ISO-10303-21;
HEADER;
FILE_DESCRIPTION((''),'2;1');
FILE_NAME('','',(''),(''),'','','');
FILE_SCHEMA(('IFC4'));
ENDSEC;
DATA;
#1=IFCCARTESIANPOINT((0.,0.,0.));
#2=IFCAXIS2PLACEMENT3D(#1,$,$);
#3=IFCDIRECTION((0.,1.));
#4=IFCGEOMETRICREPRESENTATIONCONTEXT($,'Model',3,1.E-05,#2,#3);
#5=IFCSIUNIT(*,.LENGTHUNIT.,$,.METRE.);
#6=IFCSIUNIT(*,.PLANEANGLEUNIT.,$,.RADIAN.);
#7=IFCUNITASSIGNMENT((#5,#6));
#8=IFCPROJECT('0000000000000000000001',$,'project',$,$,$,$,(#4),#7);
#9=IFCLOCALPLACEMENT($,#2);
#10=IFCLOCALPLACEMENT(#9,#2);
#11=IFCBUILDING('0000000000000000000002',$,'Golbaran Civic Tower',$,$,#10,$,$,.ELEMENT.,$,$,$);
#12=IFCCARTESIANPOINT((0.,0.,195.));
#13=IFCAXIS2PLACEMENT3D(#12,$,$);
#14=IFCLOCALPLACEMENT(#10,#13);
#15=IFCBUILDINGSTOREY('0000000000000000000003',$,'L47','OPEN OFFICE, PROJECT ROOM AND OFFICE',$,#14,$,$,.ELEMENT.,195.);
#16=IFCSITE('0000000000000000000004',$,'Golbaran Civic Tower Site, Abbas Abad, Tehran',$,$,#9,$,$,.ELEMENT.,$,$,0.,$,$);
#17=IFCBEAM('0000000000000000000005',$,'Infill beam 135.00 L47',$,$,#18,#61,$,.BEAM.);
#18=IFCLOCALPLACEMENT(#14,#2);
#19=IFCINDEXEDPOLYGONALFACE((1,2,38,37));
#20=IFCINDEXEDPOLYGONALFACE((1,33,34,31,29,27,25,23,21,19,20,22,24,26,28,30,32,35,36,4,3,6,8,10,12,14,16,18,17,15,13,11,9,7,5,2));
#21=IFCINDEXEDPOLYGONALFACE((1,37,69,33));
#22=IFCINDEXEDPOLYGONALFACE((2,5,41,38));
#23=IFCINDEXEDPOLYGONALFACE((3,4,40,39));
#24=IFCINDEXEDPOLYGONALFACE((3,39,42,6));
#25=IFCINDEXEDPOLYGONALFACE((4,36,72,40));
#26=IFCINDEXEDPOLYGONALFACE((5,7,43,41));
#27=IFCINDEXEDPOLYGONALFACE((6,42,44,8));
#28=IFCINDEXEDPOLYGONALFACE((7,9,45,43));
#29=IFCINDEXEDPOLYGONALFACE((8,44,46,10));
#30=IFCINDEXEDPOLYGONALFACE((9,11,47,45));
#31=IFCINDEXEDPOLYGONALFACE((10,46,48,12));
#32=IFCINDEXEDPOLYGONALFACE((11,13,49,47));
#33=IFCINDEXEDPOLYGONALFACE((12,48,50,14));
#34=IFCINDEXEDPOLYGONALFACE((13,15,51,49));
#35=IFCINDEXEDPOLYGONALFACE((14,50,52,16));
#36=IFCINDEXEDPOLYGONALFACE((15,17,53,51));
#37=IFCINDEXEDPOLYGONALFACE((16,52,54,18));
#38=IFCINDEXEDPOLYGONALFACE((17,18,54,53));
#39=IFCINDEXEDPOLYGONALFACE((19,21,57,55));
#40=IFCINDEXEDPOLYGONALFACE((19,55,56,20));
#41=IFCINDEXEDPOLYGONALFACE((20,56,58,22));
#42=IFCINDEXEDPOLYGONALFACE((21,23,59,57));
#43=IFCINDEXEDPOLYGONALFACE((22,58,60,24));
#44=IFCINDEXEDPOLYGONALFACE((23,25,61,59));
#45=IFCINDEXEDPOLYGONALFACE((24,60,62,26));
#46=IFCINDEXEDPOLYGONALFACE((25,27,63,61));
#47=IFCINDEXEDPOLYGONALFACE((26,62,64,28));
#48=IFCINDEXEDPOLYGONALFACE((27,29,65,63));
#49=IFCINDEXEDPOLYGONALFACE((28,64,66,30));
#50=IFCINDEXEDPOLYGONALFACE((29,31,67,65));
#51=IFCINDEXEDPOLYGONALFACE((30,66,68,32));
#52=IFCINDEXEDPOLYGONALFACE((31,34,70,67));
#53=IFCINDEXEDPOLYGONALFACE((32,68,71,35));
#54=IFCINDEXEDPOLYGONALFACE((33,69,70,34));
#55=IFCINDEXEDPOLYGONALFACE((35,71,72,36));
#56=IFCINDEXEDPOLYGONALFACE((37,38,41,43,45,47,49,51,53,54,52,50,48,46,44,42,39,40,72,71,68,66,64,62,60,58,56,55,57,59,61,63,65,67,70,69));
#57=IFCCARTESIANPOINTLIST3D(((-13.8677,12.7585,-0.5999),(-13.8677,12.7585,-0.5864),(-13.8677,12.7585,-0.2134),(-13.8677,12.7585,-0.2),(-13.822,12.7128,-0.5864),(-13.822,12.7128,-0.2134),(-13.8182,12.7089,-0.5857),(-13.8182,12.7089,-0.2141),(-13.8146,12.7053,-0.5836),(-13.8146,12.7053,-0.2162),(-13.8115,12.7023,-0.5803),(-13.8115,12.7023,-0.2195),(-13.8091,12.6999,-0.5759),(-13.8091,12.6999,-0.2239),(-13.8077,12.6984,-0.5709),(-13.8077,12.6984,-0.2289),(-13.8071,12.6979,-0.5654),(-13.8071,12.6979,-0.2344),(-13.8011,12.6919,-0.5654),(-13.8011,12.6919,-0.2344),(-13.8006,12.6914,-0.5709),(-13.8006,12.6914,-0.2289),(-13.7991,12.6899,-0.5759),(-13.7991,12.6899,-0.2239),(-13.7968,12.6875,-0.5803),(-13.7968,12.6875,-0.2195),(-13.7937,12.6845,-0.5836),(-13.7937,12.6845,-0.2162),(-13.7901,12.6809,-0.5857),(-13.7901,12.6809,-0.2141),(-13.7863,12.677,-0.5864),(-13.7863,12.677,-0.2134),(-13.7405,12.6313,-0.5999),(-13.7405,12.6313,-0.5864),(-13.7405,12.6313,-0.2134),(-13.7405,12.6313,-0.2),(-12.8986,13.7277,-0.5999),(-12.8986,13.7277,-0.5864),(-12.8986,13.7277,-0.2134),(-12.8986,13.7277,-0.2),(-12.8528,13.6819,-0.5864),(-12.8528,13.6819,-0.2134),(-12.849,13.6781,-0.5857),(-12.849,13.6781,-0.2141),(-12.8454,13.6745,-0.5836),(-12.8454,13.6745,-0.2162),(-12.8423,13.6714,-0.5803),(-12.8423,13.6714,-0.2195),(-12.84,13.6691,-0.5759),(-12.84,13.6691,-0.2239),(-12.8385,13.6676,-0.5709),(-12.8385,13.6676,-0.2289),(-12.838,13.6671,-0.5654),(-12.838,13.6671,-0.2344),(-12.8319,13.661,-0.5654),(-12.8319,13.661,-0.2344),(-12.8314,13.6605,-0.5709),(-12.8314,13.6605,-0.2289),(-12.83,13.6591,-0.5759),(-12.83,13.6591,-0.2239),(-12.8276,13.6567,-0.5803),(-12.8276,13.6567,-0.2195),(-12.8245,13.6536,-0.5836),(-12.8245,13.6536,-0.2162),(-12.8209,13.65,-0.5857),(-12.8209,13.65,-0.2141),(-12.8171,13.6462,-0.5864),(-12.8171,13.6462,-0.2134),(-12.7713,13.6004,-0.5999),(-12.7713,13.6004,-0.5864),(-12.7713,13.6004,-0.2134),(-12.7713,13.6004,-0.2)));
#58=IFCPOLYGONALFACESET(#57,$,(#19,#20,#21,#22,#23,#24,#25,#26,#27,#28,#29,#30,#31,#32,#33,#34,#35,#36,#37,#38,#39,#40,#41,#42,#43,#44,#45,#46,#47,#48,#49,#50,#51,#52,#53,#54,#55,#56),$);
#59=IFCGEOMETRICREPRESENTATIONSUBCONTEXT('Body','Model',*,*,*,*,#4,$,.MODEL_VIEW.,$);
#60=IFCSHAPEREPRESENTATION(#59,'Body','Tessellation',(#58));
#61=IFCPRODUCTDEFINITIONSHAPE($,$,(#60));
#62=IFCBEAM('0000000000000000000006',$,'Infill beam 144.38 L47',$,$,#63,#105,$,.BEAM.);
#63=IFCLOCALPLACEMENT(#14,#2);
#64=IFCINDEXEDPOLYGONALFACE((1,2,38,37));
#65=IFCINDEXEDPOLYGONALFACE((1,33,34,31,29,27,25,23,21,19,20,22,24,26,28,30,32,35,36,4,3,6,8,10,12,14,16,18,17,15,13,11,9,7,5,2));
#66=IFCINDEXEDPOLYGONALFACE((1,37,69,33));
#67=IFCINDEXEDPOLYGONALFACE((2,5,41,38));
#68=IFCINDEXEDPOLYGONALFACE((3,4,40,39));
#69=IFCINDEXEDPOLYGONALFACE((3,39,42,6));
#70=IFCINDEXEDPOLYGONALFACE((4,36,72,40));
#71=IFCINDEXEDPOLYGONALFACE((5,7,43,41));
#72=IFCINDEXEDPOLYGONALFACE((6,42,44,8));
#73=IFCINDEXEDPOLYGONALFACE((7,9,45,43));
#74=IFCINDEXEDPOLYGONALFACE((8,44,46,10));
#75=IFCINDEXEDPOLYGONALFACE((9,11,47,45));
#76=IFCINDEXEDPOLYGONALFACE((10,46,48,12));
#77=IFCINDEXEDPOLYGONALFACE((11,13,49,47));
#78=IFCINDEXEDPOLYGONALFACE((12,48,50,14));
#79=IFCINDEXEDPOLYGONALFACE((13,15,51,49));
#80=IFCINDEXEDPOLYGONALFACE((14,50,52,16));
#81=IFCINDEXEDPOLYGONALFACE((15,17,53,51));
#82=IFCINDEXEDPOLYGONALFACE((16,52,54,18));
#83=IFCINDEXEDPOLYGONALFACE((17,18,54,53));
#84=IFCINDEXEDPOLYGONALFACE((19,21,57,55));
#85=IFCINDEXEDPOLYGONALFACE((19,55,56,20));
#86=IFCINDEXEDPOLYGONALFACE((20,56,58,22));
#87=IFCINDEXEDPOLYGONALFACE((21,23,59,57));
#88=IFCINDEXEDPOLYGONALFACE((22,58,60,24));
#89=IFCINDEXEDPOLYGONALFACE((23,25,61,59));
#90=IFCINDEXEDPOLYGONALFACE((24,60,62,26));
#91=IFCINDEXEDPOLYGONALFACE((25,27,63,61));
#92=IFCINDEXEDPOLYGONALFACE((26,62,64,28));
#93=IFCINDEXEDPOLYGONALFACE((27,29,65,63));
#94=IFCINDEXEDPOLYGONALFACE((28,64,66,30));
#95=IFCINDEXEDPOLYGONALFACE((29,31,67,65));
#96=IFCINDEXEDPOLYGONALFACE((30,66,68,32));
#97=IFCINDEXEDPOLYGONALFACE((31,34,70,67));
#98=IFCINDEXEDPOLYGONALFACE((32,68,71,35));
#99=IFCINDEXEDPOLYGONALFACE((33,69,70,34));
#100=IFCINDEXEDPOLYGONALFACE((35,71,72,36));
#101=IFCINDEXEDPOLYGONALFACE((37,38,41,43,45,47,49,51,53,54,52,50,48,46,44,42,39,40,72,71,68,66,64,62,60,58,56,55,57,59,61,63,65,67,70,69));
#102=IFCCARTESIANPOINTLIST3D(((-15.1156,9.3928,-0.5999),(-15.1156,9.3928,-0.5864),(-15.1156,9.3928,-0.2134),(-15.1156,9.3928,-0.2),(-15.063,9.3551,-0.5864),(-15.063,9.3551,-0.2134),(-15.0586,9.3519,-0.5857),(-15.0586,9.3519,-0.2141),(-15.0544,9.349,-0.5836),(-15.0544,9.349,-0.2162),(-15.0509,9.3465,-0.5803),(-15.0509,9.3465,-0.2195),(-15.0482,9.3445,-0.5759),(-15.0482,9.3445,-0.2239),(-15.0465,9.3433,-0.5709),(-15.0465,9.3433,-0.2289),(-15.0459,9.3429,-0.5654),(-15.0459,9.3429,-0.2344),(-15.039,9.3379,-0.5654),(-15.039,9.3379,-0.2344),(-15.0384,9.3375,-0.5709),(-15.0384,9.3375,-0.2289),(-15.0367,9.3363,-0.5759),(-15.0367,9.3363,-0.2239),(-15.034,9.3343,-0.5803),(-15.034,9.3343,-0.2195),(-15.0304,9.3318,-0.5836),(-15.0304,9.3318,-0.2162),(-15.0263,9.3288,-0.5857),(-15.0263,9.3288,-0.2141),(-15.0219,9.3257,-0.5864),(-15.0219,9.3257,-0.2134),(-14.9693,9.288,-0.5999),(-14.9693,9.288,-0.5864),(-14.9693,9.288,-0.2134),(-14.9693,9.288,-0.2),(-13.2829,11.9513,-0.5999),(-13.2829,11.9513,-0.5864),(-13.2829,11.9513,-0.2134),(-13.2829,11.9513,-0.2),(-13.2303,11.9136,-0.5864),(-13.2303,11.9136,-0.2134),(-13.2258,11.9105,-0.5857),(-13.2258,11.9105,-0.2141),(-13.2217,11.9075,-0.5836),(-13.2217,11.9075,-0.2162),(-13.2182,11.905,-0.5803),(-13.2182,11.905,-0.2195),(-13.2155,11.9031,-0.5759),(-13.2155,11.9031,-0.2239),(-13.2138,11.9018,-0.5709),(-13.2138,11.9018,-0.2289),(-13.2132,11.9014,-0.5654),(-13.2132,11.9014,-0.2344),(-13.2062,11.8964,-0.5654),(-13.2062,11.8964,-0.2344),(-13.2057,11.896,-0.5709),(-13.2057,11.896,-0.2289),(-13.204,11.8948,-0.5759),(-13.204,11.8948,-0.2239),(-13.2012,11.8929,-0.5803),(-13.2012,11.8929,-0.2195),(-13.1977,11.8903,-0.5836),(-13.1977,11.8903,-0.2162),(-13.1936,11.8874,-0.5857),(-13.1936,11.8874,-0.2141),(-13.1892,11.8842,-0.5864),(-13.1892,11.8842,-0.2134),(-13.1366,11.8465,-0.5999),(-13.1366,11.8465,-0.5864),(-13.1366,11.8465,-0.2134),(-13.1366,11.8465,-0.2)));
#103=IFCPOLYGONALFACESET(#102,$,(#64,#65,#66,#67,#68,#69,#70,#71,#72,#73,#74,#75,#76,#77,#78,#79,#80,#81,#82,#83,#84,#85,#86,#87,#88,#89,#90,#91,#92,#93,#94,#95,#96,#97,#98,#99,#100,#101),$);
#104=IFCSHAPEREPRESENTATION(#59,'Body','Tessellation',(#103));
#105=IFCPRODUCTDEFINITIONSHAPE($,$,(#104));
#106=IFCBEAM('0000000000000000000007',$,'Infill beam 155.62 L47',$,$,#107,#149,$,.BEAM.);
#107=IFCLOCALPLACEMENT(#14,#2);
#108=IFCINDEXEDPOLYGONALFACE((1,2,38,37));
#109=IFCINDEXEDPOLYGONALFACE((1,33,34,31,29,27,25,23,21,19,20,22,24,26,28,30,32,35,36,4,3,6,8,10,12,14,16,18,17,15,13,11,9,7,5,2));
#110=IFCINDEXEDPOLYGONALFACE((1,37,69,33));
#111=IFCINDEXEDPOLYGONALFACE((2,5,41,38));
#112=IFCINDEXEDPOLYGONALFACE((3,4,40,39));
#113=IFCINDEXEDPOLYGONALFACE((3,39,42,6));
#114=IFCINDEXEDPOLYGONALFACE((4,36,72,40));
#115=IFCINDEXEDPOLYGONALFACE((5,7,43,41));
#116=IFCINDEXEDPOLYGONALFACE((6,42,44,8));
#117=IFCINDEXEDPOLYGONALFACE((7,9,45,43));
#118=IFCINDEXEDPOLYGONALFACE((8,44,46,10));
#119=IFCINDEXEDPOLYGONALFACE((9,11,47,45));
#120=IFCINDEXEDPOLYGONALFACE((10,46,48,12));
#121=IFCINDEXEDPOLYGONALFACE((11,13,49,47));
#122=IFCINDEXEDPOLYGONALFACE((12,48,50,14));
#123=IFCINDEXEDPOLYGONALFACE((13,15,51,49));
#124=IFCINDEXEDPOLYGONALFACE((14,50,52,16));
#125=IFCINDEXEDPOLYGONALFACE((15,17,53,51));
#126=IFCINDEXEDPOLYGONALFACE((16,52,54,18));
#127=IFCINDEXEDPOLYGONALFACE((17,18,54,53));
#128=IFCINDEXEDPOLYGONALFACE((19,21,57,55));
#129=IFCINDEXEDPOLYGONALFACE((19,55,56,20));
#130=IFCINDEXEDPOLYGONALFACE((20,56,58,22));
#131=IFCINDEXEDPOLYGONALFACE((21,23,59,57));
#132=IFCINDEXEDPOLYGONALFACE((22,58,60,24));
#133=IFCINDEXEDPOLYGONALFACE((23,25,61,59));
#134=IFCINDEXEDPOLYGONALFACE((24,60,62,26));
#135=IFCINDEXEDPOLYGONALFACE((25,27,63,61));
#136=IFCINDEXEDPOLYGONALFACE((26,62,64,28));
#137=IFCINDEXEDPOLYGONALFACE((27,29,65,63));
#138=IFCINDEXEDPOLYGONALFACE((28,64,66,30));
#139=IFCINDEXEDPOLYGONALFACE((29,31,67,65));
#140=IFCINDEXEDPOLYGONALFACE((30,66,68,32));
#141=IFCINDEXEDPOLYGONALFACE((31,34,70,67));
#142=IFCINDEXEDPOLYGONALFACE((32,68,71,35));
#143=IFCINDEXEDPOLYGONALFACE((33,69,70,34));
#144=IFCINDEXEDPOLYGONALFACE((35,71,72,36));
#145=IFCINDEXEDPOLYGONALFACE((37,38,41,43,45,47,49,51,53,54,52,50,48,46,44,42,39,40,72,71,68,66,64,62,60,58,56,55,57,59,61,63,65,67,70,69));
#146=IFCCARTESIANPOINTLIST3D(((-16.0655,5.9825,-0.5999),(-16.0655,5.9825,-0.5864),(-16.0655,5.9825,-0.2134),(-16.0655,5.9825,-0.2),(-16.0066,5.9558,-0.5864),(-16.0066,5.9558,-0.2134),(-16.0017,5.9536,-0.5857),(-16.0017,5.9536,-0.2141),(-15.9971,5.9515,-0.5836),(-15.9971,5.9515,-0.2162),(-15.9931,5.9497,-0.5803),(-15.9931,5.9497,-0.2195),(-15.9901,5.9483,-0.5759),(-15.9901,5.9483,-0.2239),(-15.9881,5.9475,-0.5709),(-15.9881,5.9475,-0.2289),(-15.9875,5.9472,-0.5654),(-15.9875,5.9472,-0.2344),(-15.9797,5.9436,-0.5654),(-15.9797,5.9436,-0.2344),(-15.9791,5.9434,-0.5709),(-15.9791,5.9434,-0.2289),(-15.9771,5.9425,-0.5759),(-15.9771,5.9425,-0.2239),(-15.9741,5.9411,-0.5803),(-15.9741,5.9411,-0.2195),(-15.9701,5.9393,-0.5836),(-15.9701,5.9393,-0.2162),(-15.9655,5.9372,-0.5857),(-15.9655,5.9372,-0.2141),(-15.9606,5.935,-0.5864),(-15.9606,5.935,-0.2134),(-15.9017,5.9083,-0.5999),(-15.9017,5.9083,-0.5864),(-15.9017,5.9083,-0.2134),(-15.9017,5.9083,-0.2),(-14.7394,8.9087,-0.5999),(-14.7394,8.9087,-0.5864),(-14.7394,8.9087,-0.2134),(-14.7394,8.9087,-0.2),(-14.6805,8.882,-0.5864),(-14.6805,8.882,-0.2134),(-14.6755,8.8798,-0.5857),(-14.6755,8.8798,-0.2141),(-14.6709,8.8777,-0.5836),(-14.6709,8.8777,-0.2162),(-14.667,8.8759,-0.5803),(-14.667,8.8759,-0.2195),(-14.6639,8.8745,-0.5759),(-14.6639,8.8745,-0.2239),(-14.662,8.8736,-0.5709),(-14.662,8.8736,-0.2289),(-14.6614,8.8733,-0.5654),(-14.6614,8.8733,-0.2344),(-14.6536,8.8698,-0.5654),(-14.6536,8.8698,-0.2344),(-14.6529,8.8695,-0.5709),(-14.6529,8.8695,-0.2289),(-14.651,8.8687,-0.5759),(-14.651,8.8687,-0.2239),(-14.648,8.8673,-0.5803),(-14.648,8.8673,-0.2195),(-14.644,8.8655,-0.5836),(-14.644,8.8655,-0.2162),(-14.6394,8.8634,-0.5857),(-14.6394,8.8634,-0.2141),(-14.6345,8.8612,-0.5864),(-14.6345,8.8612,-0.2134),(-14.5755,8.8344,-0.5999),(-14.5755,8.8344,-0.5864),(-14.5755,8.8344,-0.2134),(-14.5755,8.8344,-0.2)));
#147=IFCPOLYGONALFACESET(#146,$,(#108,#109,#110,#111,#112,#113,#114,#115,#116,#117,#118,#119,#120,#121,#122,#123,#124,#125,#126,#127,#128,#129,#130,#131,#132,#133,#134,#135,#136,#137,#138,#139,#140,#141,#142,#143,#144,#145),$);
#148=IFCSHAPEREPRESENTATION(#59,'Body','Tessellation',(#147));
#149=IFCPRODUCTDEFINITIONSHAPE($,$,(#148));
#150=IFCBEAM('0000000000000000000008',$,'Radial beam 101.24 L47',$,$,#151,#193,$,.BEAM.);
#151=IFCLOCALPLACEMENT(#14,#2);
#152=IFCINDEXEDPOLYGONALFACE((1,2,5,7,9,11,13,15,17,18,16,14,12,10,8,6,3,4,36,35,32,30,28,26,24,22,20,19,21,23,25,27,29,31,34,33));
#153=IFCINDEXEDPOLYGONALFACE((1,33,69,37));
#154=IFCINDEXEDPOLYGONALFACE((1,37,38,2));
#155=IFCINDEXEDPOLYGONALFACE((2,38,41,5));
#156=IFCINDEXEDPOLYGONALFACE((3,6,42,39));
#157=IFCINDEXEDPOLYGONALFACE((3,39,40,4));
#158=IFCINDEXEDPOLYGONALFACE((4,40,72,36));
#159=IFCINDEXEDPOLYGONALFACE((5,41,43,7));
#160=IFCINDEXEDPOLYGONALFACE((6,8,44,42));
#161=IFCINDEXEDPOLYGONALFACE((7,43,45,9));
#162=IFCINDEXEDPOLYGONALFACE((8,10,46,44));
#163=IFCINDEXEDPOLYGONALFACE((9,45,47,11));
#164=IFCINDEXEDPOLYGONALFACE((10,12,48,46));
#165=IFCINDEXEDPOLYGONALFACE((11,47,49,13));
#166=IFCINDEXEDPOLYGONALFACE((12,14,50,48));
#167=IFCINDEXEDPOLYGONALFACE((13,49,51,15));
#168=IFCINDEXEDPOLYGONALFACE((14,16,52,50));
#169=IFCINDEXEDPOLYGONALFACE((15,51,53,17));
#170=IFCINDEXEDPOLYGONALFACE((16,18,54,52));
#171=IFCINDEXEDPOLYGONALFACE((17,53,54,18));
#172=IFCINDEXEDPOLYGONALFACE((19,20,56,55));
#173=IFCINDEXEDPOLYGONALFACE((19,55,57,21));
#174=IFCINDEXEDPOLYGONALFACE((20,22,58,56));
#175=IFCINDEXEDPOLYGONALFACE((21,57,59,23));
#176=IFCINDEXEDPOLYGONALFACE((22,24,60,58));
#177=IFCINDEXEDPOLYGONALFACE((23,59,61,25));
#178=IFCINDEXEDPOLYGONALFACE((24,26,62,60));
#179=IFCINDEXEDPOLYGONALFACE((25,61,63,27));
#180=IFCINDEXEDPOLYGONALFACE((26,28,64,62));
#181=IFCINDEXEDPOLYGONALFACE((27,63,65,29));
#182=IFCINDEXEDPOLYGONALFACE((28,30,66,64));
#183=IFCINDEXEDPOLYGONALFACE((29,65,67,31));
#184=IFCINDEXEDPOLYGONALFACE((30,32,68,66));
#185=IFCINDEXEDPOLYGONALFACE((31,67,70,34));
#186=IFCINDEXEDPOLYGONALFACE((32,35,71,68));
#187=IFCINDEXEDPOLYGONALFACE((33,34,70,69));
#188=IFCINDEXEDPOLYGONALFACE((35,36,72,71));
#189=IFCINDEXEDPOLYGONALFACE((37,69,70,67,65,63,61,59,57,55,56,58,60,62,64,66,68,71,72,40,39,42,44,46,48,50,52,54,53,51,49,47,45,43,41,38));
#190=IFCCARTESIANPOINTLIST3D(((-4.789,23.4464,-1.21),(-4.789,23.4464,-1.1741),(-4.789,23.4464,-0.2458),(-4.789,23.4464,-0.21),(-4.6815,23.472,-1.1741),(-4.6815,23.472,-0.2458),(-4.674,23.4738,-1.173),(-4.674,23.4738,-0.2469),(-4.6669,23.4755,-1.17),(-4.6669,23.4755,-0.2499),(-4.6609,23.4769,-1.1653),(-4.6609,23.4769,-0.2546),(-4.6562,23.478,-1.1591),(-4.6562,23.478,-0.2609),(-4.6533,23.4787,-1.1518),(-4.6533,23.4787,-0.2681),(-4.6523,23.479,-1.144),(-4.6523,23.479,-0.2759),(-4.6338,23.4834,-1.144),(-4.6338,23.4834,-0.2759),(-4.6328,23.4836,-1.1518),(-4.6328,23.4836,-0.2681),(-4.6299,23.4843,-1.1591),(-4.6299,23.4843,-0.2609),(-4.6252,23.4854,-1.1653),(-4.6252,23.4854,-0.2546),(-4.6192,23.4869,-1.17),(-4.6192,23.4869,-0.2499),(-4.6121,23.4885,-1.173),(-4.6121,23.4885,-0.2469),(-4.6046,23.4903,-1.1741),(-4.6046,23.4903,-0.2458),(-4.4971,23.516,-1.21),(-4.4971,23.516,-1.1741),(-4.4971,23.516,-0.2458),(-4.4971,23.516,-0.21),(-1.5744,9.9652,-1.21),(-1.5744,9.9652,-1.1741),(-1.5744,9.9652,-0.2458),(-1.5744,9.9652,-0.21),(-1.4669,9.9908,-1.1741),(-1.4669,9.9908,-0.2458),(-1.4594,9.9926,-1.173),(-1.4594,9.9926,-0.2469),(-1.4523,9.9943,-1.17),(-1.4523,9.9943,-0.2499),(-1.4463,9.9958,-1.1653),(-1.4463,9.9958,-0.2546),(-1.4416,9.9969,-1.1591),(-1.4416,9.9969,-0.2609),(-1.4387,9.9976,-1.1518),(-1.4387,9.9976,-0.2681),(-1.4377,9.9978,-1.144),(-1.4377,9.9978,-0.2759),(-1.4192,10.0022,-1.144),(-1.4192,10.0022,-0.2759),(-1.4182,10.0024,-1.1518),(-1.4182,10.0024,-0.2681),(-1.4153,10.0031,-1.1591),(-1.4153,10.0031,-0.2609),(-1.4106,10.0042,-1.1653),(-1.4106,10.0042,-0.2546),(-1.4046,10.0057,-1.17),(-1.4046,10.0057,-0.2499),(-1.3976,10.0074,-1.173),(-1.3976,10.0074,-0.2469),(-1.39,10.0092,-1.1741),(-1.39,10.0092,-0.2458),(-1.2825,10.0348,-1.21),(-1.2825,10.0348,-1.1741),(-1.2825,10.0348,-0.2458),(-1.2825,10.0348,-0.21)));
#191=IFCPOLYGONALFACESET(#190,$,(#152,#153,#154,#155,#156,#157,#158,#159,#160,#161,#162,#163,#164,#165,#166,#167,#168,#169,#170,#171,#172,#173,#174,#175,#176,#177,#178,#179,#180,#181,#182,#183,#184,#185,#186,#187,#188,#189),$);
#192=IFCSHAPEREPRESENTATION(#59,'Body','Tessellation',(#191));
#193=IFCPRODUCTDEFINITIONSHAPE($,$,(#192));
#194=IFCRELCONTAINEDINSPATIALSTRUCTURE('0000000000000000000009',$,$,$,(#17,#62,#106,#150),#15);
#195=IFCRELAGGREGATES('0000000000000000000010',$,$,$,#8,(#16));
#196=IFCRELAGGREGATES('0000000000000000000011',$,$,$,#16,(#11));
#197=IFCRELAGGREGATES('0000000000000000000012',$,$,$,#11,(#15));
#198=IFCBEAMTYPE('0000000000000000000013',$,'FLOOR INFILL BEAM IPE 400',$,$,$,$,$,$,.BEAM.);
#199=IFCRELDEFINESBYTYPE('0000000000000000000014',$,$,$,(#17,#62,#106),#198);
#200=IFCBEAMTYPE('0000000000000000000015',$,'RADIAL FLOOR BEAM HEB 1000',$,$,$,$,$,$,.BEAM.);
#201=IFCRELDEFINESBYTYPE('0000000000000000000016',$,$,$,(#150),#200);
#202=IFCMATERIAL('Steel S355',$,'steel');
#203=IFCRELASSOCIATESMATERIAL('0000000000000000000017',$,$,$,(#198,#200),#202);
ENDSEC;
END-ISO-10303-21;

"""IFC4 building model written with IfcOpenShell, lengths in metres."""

from ifc_helpers import new_model, si_unit, direction, frame, origin, origin_2d, place, context, subcontext, project, spatial, i_section, extrude, material, material_profile, profile_set, type_object, element, save


model = new_model("IFC4")

# Units and contexts
model_context = context("Model", 3, precision=1e-05, world=origin(), true_north=direction((0.0, 1.0)))
body_context = subcontext(model_context, "Body", "Model", "MODEL_VIEW")
ifc_project = project(units=[si_unit("LENGTHUNIT", "METRE"), si_unit("PLANEANGLEUNIT", "RADIAN")], contexts=[model_context])

# Site, building, storey
site_placement = place(None, origin())
site = spatial("IfcSite", under=ifc_project, at=site_placement, Name="Golbaran Civic Tower Site, Abbas Abad, Tehran", CompositionType="ELEMENT", RefElevation=0.0)
building_placement = place(site_placement, origin())
building = spatial("IfcBuilding", under=site, at=building_placement, Name="Golbaran Civic Tower", CompositionType="ELEMENT")
storey_placement = place(building_placement, frame((0.0, 0.0, 195.0)))
storey = spatial("IfcBuildingStorey", under=building, at=storey_placement, Name="L47", Description="OPEN OFFICE, PROJECT ROOM AND OFFICE", CompositionType="ELEMENT", Elevation=195.0)

# Beams
ifc_material_1 = material(Name="Steel S355", Category="steel")
ifc_material_profile_1 = material_profile(ifc_material_1, i_section(OverallWidth=0.1799, OverallDepth=0.3999, WebThickness=0.0085, FlangeThickness=0.0134, FilletRadius=0.021, at=origin_2d()), Name="IPE 400")
ifc_profile_set_1 = profile_set([ifc_material_profile_1], Name="Steel S355")
beam_type_1 = type_object("IfcBeamType", Name="FLOOR INFILL BEAM IPE 400", PredefinedType="BEAM", material=ifc_profile_set_1)
beam_1_placement = place(storey_placement, frame((-12.835, 13.6641, -0.3999), z_axis=(-0.707107, -0.707107, 0.0), x_axis=(0.707107, -0.707107, 0.0)))
element("IfcBeam", 1, at=beam_1_placement, inside=storey, type_object=beam_type_1, Name="Infill beam 135.00 L47", PredefinedType="BEAM", context=body_context, shape_type="SweptSolid", body=[
    extrude(i_section(OverallWidth=0.1799, OverallDepth=0.3999, WebThickness=0.0085, FlangeThickness=0.0134, FilletRadius=0.021, at=origin_2d()), origin(), (0.0, 0.0, 1.0), 1.3706),
])
beam_2_placement = place(storey_placement, frame((-13.2097, 11.8989, -0.3999), z_axis=(-0.582331, -0.812952, 0.0), x_axis=(0.812952, -0.582331, 0.0)))
element("IfcBeam", 2, at=beam_2_placement, inside=storey, type_object=beam_type_1, Name="Infill beam 144.38 L47", PredefinedType="BEAM", context=body_context, shape_type="SweptSolid", body=[
    extrude(i_section(OverallWidth=0.1799, OverallDepth=0.3999, WebThickness=0.0085, FlangeThickness=0.0134, FilletRadius=0.021, at=origin_2d()), origin(), (0.0, 0.0, 1.0), 3.1472),
])
beam_3_placement = place(storey_placement, frame((-14.6575, 8.8716, -0.3999), z_axis=(-0.412784, -0.910829, 0.0), x_axis=(0.910829, -0.412784, 0.0)))
element("IfcBeam", 3, at=beam_3_placement, inside=storey, type_object=beam_type_1, Name="Infill beam 155.62 L47", PredefinedType="BEAM", context=body_context, shape_type="SweptSolid", body=[
    extrude(i_section(OverallWidth=0.1799, OverallDepth=0.3999, WebThickness=0.0085, FlangeThickness=0.0134, FilletRadius=0.021, at=origin_2d()), origin(), (0.0, 0.0, 1.0), 3.2126),
])
ifc_material_profile_2 = material_profile(ifc_material_1, i_section(OverallWidth=0.3, OverallDepth=1.0, WebThickness=0.019, FlangeThickness=0.0359, FilletRadius=0.03, at=origin_2d()), Name="HEB 1000")
ifc_profile_set_2 = profile_set([ifc_material_profile_2], Name="Steel S355")
beam_type_2 = type_object("IfcBeamType", Name="RADIAL FLOOR BEAM HEB 1000", PredefinedType="BEAM", material=ifc_profile_set_2)
beam_4_placement = place(storey_placement, frame((-1.4285, 10.0, -0.71), z_axis=(-0.231948, 0.972728, 0.0), x_axis=(-0.972728, -0.231948, 0.0)))
element("IfcBeam", 4, at=beam_4_placement, inside=storey, type_object=beam_type_2, Name="Radial beam 101.24 L47", PredefinedType="BEAM", context=body_context, shape_type="SweptSolid", body=[
    extrude(i_section(OverallWidth=0.3, OverallDepth=1.0, WebThickness=0.019, FlangeThickness=0.0359, FilletRadius=0.03, at=origin_2d()), origin(), (0.0, 0.0, 1.0), 13.8591),
])

save(model, "model.ifc")
